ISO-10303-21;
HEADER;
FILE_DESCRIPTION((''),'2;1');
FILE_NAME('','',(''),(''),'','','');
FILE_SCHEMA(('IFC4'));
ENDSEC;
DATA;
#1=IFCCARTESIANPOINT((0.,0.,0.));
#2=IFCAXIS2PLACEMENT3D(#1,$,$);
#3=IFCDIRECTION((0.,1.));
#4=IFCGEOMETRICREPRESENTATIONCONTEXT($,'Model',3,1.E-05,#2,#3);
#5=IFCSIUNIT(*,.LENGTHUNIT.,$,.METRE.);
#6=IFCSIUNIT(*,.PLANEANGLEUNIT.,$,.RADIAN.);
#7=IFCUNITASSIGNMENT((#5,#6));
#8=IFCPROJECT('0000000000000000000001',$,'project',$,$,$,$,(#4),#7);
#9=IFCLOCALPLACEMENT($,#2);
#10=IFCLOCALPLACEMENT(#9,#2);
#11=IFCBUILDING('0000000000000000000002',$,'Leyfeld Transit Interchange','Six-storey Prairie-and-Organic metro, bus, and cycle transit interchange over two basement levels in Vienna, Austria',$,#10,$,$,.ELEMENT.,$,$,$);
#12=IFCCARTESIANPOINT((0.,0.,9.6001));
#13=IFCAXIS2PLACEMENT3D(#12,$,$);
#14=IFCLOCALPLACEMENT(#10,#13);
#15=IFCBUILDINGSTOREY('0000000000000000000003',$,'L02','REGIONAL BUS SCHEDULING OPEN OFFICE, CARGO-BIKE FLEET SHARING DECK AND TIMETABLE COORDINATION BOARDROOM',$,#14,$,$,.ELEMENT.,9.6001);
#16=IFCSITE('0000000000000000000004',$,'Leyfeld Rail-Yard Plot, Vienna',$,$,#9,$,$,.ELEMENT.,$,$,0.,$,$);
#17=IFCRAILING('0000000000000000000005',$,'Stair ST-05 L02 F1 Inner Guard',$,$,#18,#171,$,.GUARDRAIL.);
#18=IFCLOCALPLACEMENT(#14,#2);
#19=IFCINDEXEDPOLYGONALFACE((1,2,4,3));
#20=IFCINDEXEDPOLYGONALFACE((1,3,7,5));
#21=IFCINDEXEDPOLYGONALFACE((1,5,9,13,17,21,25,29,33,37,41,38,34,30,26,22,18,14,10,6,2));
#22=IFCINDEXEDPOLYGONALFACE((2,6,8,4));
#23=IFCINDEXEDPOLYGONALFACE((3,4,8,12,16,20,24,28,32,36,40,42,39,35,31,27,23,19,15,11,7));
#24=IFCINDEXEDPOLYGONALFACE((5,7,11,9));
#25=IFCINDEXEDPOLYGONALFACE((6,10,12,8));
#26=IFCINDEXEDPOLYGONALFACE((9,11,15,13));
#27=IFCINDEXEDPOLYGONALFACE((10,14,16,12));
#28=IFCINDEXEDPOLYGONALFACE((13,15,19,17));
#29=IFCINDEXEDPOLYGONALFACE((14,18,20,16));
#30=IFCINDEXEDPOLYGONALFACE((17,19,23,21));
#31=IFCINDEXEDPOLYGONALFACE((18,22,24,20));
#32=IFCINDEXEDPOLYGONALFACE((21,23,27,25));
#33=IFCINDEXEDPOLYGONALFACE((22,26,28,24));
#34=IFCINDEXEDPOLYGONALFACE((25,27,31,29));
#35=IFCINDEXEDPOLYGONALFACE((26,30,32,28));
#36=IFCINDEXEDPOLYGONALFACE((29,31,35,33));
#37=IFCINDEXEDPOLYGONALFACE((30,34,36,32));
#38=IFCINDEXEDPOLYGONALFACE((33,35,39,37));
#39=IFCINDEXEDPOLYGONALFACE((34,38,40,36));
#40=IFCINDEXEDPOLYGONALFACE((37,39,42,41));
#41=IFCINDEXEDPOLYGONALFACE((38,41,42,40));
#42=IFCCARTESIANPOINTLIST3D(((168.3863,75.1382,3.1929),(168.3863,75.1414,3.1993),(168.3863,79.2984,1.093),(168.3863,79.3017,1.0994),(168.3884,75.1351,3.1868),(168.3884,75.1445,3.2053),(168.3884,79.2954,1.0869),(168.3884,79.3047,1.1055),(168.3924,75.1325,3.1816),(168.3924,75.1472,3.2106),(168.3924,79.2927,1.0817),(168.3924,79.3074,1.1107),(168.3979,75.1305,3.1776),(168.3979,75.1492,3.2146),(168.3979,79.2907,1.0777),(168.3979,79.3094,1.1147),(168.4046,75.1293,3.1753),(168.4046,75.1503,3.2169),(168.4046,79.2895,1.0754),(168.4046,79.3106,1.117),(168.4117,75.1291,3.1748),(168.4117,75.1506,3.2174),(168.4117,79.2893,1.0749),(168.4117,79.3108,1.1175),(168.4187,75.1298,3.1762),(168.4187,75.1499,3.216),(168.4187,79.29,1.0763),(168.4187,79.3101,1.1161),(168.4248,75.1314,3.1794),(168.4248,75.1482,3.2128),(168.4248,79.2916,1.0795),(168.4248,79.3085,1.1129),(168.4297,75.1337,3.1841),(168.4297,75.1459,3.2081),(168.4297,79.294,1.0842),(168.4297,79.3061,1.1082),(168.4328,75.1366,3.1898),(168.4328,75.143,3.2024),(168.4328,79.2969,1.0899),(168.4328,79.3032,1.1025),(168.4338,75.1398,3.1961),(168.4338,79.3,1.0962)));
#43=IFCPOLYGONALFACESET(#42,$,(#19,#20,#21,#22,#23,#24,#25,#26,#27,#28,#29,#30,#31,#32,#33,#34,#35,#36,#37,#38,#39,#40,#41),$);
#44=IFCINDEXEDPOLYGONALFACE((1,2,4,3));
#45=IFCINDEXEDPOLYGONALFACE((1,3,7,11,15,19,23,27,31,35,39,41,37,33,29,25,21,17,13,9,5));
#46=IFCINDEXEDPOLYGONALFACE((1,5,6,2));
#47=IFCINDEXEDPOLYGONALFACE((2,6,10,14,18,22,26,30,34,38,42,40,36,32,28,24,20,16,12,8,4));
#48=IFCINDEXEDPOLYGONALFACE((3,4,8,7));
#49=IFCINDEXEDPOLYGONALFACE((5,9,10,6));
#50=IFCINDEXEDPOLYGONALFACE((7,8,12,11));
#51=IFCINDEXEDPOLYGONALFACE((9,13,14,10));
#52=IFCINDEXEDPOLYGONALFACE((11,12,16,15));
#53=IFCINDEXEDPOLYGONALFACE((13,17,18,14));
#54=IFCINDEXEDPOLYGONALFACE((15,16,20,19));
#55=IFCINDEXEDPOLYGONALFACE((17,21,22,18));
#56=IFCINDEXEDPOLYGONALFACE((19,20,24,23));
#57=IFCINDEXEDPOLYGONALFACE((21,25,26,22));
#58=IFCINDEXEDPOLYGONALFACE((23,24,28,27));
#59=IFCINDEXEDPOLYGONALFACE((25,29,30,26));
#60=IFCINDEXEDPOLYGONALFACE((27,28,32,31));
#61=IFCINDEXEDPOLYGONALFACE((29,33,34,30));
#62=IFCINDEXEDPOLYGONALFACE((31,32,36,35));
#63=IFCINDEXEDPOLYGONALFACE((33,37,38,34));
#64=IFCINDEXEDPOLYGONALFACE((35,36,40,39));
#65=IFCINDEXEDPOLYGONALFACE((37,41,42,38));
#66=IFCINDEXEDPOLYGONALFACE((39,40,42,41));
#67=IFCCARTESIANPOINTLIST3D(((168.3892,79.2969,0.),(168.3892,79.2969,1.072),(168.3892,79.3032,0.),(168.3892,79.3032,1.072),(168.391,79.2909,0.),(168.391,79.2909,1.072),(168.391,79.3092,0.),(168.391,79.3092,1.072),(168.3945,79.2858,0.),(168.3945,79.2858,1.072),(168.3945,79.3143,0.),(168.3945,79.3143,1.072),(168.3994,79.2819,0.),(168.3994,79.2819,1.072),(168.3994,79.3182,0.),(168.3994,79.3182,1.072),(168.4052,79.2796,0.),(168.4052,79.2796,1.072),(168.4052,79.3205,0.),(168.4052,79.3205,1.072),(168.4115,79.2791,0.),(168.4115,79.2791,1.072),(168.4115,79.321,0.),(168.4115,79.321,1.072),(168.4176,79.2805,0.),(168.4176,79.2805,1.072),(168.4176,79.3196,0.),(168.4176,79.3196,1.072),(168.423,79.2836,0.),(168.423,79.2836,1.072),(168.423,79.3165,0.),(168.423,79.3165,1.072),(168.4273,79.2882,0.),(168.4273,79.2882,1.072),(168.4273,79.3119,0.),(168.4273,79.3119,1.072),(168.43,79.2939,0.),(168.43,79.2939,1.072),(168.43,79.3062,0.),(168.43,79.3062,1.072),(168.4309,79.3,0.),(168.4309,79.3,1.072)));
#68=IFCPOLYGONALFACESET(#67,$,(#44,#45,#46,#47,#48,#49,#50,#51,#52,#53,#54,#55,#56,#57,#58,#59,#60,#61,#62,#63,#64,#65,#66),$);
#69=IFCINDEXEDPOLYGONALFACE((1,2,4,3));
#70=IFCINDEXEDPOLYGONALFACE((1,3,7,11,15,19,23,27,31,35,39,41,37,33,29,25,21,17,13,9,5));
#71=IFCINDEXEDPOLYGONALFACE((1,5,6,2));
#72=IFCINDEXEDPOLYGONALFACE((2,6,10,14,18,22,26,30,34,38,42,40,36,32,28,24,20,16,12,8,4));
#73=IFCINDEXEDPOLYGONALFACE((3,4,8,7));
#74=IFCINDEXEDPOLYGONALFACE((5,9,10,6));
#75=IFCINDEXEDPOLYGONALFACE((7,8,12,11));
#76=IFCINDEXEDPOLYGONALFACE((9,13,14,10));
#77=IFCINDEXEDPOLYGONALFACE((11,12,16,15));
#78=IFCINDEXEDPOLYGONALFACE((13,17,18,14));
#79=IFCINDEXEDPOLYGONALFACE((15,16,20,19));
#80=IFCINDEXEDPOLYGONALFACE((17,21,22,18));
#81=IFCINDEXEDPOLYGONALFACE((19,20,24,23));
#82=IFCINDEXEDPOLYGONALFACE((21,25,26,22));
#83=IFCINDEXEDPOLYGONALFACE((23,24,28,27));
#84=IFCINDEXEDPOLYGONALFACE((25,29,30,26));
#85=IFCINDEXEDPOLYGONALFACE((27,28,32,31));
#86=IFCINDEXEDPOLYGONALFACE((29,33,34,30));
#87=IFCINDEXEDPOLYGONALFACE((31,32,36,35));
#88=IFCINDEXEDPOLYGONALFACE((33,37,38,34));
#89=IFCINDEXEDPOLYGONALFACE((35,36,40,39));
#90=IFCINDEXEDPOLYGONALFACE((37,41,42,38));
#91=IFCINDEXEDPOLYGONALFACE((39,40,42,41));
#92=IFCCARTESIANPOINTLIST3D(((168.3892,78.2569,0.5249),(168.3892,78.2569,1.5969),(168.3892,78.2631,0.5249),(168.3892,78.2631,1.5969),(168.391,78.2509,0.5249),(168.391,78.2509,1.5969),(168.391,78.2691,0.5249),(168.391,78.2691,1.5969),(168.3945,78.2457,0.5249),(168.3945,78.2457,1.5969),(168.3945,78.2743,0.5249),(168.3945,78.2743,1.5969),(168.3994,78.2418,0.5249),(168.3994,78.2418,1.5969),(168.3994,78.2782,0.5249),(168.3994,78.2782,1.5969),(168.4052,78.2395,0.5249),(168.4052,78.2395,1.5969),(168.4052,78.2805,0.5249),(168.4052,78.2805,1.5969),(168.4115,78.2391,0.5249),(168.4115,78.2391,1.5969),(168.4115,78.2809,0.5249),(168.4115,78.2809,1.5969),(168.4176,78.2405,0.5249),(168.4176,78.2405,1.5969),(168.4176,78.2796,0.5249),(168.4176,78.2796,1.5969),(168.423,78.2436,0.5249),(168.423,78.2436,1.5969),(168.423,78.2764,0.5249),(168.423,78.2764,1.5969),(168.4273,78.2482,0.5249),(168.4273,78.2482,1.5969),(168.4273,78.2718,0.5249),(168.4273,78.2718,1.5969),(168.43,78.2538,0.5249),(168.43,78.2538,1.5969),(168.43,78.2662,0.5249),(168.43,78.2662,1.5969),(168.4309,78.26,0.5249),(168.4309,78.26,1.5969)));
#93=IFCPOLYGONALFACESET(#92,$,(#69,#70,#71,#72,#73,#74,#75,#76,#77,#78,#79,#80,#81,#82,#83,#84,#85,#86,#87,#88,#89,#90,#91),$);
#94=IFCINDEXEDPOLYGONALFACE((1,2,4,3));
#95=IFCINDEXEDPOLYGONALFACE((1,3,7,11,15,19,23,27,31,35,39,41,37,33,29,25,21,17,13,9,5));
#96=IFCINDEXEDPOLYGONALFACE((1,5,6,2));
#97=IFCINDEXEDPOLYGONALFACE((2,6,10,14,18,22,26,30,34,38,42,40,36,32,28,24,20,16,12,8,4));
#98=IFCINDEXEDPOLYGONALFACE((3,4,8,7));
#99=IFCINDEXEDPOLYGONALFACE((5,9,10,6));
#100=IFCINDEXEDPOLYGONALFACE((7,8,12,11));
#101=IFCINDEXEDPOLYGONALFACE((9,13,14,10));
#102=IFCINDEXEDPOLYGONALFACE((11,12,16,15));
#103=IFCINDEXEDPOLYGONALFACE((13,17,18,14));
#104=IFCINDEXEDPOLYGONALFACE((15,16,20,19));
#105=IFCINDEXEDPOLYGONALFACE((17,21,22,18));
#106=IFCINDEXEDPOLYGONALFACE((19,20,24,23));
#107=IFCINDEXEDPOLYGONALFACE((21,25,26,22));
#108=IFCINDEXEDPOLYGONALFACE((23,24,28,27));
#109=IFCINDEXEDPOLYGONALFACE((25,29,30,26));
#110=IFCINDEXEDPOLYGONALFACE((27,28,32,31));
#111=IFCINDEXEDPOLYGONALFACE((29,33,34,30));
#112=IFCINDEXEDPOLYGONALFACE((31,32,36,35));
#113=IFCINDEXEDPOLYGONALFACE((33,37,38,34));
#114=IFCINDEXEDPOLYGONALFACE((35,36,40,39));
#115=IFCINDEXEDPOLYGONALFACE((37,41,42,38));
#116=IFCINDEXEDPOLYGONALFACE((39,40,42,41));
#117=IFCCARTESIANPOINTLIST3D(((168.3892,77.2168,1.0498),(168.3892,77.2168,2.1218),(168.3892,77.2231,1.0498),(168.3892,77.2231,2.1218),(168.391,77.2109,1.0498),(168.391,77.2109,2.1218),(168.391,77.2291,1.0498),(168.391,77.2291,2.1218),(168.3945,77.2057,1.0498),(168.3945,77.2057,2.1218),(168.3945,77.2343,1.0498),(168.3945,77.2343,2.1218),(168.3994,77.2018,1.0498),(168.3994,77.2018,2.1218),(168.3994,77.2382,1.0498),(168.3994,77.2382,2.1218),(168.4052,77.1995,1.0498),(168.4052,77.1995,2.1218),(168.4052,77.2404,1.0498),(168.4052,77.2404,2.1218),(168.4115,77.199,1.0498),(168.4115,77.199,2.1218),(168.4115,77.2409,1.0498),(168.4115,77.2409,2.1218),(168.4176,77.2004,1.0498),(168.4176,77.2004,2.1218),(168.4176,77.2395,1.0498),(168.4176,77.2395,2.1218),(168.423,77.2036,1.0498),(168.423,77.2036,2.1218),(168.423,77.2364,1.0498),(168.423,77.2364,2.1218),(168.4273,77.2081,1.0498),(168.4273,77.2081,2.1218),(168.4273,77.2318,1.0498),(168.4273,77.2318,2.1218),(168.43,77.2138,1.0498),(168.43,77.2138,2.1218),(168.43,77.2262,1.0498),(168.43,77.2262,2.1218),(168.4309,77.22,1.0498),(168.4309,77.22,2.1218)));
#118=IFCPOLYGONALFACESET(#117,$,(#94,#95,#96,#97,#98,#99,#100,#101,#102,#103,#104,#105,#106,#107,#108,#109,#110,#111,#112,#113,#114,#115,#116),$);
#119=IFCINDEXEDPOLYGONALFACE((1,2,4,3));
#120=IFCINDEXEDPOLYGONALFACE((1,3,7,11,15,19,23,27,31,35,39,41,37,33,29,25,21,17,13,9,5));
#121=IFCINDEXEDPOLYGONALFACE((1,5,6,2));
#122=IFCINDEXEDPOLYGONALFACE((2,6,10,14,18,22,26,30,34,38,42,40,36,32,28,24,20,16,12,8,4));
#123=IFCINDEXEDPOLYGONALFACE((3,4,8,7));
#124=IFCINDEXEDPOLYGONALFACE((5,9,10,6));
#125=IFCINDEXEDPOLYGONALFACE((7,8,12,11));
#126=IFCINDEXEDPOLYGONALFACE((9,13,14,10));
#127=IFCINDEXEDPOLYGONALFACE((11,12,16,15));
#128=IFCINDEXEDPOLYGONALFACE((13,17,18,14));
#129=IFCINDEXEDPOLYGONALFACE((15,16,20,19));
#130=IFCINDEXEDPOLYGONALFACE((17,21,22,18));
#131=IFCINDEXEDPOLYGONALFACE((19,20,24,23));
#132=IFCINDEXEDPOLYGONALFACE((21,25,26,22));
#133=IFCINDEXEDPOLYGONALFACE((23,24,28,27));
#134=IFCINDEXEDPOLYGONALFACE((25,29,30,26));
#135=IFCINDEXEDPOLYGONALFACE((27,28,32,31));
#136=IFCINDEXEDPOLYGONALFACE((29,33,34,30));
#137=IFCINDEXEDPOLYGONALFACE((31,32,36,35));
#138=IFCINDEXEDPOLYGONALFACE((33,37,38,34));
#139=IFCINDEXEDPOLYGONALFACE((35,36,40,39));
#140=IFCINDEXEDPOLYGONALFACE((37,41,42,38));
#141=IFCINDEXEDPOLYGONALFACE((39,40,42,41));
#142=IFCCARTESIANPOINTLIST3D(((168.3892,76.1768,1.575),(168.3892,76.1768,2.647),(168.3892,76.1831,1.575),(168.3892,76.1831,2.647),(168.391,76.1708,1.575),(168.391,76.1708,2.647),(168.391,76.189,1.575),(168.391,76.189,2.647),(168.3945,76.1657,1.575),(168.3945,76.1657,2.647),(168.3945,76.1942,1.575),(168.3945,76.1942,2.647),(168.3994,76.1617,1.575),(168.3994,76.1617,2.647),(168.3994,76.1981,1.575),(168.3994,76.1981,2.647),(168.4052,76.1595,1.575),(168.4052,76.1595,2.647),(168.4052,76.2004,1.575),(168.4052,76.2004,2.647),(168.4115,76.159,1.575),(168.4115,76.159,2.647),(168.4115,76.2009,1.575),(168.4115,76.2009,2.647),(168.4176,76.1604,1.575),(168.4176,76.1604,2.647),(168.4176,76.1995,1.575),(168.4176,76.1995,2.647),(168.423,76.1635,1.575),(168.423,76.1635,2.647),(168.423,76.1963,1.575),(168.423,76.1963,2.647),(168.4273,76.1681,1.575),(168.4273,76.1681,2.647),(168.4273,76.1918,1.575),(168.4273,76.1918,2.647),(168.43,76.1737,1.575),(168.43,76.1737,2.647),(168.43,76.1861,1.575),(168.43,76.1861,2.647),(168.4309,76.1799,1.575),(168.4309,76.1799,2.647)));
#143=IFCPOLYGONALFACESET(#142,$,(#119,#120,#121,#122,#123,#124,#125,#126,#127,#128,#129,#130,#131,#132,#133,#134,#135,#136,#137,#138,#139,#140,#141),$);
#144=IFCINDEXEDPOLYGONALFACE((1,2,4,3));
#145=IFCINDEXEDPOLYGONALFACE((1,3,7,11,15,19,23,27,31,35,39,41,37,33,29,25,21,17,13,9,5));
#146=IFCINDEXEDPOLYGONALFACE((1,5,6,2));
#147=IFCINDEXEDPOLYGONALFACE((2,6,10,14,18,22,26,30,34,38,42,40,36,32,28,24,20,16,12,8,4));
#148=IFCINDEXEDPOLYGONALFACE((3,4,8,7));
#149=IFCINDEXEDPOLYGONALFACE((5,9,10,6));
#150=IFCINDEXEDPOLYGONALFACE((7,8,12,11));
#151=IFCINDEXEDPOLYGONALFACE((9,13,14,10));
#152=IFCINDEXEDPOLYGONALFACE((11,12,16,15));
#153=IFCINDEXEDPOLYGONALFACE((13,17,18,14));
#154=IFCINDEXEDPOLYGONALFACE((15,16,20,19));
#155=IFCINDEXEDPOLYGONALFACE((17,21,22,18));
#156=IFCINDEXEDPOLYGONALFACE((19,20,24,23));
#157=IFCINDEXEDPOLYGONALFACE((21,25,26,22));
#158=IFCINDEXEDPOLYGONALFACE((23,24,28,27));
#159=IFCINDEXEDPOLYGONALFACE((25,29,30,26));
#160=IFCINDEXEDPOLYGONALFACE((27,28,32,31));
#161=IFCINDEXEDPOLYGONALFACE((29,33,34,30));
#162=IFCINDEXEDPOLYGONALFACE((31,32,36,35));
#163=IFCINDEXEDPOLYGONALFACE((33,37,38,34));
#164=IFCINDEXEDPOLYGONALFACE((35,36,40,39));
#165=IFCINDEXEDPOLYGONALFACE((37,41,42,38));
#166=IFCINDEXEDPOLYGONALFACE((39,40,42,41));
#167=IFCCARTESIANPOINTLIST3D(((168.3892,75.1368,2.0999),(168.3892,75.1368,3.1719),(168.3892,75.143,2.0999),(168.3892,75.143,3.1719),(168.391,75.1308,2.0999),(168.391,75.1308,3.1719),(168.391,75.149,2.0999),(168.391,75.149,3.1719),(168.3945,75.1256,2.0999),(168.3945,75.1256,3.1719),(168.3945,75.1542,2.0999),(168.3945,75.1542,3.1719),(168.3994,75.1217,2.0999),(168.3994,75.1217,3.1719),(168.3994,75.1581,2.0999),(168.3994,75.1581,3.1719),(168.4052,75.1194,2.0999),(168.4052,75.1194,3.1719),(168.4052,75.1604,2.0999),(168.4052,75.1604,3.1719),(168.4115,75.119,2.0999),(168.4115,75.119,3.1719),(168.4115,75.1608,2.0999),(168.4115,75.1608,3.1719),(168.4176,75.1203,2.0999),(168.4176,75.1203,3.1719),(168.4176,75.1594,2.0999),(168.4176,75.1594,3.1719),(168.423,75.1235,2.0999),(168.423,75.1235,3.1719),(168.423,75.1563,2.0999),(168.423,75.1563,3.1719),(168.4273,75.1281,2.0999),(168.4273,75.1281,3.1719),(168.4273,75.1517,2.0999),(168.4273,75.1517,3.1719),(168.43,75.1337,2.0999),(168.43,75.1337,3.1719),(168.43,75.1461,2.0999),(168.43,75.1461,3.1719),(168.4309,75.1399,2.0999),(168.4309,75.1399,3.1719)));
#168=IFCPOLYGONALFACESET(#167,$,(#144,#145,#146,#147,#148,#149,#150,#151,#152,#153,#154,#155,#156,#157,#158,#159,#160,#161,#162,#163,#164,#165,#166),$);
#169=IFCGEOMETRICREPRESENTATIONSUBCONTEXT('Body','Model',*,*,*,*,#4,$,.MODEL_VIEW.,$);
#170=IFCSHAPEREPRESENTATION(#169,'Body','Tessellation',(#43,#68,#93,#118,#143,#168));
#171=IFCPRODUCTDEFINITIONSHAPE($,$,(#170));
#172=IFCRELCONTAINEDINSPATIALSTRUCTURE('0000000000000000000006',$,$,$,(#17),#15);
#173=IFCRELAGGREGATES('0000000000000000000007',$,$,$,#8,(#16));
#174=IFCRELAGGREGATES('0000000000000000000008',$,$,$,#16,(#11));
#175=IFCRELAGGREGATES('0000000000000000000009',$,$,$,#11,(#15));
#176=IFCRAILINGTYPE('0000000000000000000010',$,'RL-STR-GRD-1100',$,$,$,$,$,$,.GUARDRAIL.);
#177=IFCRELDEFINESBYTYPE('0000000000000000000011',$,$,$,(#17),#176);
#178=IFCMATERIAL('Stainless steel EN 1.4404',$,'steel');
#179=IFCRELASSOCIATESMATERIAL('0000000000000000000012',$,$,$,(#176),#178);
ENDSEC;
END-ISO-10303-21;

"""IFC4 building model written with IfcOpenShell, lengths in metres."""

from ifc_helpers import new_model, si_unit, direction, frame, origin, origin_2d, place, context, subcontext, project, spatial, circle, extrude, material, type_object, element, save


model = new_model("IFC4")

# Units and contexts
model_context = context("Model", 3, precision=1e-05, world=origin(), true_north=direction((0.0, 1.0)))
body_context = subcontext(model_context, "Body", "Model", "MODEL_VIEW")
ifc_project = project(units=[si_unit("LENGTHUNIT", "METRE"), si_unit("PLANEANGLEUNIT", "RADIAN")], contexts=[model_context])

# Site, building, storey
site_placement = place(None, origin())
site = spatial("IfcSite", under=ifc_project, at=site_placement, Name="Leyfeld Rail-Yard Plot, Vienna", CompositionType="ELEMENT", RefElevation=0.0)
building_placement = place(site_placement, origin())
building = spatial("IfcBuilding", under=site, at=building_placement, Name="Leyfeld Transit Interchange", Description="Six-storey Prairie-and-Organic metro, bus, and cycle transit interchange over two basement levels in Vienna, Austria", CompositionType="ELEMENT")
storey_placement = place(building_placement, frame((0.0, 0.0, 9.6001)))
storey = spatial("IfcBuildingStorey", under=building, at=storey_placement, Name="L02", Description="REGIONAL BUS SCHEDULING OPEN OFFICE, CARGO-BIKE FLEET SHARING DECK AND TIMETABLE COORDINATION BOARDROOM", CompositionType="ELEMENT", Elevation=9.6001)

# Railing
ifc_material_1 = material(Name="Stainless steel EN 1.4404", Category="steel")
railing_type_1 = type_object("IfcRailingType", Name="RL-STR-GRD-1100", PredefinedType="GUARDRAIL", material=ifc_material_1)
for number, where, name in (
    (1, (168.4099, 79.3, 0.0), "Stair ST-05 L02 F1 Inner Guard"),
):
    element("IfcRailing", number, at=place(storey_placement, frame(where)), inside=storey, type_object=railing_type_1, Name=name, PredefinedType="GUARDRAIL", context=body_context, shape_type="SweptSolid", body=[
        extrude(circle(Radius=0.0239, at=origin_2d()), frame((0.0, 0.0, 1.0962), z_axis=(0.0, -0.892723, 0.450605), x_axis=(1.0, 0.0, 0.0)), (0.0, 0.0, 1.0), 4.6602),
        extrude(circle(Radius=0.021, at=origin_2d()), origin(), (0.0, 0.0, 1.0), 1.072),
        extrude(circle(Radius=0.021, at=origin_2d()), frame((0.0, -1.04, 0.5249)), (0.0, 0.0, 1.0), 1.072),
        extrude(circle(Radius=0.021, at=origin_2d()), frame((0.0, -2.0801, 1.0498)), (0.0, 0.0, 1.0), 1.072),
        extrude(circle(Radius=0.021, at=origin_2d()), frame((0.0, -3.1201, 1.575)), (0.0, 0.0, 1.0), 1.072),
        extrude(circle(Radius=0.021, at=origin_2d()), frame((0.0, -4.1602, 2.0999)), (0.0, 0.0, 1.0), 1.072),
    ])

save(model, "model.ifc")
